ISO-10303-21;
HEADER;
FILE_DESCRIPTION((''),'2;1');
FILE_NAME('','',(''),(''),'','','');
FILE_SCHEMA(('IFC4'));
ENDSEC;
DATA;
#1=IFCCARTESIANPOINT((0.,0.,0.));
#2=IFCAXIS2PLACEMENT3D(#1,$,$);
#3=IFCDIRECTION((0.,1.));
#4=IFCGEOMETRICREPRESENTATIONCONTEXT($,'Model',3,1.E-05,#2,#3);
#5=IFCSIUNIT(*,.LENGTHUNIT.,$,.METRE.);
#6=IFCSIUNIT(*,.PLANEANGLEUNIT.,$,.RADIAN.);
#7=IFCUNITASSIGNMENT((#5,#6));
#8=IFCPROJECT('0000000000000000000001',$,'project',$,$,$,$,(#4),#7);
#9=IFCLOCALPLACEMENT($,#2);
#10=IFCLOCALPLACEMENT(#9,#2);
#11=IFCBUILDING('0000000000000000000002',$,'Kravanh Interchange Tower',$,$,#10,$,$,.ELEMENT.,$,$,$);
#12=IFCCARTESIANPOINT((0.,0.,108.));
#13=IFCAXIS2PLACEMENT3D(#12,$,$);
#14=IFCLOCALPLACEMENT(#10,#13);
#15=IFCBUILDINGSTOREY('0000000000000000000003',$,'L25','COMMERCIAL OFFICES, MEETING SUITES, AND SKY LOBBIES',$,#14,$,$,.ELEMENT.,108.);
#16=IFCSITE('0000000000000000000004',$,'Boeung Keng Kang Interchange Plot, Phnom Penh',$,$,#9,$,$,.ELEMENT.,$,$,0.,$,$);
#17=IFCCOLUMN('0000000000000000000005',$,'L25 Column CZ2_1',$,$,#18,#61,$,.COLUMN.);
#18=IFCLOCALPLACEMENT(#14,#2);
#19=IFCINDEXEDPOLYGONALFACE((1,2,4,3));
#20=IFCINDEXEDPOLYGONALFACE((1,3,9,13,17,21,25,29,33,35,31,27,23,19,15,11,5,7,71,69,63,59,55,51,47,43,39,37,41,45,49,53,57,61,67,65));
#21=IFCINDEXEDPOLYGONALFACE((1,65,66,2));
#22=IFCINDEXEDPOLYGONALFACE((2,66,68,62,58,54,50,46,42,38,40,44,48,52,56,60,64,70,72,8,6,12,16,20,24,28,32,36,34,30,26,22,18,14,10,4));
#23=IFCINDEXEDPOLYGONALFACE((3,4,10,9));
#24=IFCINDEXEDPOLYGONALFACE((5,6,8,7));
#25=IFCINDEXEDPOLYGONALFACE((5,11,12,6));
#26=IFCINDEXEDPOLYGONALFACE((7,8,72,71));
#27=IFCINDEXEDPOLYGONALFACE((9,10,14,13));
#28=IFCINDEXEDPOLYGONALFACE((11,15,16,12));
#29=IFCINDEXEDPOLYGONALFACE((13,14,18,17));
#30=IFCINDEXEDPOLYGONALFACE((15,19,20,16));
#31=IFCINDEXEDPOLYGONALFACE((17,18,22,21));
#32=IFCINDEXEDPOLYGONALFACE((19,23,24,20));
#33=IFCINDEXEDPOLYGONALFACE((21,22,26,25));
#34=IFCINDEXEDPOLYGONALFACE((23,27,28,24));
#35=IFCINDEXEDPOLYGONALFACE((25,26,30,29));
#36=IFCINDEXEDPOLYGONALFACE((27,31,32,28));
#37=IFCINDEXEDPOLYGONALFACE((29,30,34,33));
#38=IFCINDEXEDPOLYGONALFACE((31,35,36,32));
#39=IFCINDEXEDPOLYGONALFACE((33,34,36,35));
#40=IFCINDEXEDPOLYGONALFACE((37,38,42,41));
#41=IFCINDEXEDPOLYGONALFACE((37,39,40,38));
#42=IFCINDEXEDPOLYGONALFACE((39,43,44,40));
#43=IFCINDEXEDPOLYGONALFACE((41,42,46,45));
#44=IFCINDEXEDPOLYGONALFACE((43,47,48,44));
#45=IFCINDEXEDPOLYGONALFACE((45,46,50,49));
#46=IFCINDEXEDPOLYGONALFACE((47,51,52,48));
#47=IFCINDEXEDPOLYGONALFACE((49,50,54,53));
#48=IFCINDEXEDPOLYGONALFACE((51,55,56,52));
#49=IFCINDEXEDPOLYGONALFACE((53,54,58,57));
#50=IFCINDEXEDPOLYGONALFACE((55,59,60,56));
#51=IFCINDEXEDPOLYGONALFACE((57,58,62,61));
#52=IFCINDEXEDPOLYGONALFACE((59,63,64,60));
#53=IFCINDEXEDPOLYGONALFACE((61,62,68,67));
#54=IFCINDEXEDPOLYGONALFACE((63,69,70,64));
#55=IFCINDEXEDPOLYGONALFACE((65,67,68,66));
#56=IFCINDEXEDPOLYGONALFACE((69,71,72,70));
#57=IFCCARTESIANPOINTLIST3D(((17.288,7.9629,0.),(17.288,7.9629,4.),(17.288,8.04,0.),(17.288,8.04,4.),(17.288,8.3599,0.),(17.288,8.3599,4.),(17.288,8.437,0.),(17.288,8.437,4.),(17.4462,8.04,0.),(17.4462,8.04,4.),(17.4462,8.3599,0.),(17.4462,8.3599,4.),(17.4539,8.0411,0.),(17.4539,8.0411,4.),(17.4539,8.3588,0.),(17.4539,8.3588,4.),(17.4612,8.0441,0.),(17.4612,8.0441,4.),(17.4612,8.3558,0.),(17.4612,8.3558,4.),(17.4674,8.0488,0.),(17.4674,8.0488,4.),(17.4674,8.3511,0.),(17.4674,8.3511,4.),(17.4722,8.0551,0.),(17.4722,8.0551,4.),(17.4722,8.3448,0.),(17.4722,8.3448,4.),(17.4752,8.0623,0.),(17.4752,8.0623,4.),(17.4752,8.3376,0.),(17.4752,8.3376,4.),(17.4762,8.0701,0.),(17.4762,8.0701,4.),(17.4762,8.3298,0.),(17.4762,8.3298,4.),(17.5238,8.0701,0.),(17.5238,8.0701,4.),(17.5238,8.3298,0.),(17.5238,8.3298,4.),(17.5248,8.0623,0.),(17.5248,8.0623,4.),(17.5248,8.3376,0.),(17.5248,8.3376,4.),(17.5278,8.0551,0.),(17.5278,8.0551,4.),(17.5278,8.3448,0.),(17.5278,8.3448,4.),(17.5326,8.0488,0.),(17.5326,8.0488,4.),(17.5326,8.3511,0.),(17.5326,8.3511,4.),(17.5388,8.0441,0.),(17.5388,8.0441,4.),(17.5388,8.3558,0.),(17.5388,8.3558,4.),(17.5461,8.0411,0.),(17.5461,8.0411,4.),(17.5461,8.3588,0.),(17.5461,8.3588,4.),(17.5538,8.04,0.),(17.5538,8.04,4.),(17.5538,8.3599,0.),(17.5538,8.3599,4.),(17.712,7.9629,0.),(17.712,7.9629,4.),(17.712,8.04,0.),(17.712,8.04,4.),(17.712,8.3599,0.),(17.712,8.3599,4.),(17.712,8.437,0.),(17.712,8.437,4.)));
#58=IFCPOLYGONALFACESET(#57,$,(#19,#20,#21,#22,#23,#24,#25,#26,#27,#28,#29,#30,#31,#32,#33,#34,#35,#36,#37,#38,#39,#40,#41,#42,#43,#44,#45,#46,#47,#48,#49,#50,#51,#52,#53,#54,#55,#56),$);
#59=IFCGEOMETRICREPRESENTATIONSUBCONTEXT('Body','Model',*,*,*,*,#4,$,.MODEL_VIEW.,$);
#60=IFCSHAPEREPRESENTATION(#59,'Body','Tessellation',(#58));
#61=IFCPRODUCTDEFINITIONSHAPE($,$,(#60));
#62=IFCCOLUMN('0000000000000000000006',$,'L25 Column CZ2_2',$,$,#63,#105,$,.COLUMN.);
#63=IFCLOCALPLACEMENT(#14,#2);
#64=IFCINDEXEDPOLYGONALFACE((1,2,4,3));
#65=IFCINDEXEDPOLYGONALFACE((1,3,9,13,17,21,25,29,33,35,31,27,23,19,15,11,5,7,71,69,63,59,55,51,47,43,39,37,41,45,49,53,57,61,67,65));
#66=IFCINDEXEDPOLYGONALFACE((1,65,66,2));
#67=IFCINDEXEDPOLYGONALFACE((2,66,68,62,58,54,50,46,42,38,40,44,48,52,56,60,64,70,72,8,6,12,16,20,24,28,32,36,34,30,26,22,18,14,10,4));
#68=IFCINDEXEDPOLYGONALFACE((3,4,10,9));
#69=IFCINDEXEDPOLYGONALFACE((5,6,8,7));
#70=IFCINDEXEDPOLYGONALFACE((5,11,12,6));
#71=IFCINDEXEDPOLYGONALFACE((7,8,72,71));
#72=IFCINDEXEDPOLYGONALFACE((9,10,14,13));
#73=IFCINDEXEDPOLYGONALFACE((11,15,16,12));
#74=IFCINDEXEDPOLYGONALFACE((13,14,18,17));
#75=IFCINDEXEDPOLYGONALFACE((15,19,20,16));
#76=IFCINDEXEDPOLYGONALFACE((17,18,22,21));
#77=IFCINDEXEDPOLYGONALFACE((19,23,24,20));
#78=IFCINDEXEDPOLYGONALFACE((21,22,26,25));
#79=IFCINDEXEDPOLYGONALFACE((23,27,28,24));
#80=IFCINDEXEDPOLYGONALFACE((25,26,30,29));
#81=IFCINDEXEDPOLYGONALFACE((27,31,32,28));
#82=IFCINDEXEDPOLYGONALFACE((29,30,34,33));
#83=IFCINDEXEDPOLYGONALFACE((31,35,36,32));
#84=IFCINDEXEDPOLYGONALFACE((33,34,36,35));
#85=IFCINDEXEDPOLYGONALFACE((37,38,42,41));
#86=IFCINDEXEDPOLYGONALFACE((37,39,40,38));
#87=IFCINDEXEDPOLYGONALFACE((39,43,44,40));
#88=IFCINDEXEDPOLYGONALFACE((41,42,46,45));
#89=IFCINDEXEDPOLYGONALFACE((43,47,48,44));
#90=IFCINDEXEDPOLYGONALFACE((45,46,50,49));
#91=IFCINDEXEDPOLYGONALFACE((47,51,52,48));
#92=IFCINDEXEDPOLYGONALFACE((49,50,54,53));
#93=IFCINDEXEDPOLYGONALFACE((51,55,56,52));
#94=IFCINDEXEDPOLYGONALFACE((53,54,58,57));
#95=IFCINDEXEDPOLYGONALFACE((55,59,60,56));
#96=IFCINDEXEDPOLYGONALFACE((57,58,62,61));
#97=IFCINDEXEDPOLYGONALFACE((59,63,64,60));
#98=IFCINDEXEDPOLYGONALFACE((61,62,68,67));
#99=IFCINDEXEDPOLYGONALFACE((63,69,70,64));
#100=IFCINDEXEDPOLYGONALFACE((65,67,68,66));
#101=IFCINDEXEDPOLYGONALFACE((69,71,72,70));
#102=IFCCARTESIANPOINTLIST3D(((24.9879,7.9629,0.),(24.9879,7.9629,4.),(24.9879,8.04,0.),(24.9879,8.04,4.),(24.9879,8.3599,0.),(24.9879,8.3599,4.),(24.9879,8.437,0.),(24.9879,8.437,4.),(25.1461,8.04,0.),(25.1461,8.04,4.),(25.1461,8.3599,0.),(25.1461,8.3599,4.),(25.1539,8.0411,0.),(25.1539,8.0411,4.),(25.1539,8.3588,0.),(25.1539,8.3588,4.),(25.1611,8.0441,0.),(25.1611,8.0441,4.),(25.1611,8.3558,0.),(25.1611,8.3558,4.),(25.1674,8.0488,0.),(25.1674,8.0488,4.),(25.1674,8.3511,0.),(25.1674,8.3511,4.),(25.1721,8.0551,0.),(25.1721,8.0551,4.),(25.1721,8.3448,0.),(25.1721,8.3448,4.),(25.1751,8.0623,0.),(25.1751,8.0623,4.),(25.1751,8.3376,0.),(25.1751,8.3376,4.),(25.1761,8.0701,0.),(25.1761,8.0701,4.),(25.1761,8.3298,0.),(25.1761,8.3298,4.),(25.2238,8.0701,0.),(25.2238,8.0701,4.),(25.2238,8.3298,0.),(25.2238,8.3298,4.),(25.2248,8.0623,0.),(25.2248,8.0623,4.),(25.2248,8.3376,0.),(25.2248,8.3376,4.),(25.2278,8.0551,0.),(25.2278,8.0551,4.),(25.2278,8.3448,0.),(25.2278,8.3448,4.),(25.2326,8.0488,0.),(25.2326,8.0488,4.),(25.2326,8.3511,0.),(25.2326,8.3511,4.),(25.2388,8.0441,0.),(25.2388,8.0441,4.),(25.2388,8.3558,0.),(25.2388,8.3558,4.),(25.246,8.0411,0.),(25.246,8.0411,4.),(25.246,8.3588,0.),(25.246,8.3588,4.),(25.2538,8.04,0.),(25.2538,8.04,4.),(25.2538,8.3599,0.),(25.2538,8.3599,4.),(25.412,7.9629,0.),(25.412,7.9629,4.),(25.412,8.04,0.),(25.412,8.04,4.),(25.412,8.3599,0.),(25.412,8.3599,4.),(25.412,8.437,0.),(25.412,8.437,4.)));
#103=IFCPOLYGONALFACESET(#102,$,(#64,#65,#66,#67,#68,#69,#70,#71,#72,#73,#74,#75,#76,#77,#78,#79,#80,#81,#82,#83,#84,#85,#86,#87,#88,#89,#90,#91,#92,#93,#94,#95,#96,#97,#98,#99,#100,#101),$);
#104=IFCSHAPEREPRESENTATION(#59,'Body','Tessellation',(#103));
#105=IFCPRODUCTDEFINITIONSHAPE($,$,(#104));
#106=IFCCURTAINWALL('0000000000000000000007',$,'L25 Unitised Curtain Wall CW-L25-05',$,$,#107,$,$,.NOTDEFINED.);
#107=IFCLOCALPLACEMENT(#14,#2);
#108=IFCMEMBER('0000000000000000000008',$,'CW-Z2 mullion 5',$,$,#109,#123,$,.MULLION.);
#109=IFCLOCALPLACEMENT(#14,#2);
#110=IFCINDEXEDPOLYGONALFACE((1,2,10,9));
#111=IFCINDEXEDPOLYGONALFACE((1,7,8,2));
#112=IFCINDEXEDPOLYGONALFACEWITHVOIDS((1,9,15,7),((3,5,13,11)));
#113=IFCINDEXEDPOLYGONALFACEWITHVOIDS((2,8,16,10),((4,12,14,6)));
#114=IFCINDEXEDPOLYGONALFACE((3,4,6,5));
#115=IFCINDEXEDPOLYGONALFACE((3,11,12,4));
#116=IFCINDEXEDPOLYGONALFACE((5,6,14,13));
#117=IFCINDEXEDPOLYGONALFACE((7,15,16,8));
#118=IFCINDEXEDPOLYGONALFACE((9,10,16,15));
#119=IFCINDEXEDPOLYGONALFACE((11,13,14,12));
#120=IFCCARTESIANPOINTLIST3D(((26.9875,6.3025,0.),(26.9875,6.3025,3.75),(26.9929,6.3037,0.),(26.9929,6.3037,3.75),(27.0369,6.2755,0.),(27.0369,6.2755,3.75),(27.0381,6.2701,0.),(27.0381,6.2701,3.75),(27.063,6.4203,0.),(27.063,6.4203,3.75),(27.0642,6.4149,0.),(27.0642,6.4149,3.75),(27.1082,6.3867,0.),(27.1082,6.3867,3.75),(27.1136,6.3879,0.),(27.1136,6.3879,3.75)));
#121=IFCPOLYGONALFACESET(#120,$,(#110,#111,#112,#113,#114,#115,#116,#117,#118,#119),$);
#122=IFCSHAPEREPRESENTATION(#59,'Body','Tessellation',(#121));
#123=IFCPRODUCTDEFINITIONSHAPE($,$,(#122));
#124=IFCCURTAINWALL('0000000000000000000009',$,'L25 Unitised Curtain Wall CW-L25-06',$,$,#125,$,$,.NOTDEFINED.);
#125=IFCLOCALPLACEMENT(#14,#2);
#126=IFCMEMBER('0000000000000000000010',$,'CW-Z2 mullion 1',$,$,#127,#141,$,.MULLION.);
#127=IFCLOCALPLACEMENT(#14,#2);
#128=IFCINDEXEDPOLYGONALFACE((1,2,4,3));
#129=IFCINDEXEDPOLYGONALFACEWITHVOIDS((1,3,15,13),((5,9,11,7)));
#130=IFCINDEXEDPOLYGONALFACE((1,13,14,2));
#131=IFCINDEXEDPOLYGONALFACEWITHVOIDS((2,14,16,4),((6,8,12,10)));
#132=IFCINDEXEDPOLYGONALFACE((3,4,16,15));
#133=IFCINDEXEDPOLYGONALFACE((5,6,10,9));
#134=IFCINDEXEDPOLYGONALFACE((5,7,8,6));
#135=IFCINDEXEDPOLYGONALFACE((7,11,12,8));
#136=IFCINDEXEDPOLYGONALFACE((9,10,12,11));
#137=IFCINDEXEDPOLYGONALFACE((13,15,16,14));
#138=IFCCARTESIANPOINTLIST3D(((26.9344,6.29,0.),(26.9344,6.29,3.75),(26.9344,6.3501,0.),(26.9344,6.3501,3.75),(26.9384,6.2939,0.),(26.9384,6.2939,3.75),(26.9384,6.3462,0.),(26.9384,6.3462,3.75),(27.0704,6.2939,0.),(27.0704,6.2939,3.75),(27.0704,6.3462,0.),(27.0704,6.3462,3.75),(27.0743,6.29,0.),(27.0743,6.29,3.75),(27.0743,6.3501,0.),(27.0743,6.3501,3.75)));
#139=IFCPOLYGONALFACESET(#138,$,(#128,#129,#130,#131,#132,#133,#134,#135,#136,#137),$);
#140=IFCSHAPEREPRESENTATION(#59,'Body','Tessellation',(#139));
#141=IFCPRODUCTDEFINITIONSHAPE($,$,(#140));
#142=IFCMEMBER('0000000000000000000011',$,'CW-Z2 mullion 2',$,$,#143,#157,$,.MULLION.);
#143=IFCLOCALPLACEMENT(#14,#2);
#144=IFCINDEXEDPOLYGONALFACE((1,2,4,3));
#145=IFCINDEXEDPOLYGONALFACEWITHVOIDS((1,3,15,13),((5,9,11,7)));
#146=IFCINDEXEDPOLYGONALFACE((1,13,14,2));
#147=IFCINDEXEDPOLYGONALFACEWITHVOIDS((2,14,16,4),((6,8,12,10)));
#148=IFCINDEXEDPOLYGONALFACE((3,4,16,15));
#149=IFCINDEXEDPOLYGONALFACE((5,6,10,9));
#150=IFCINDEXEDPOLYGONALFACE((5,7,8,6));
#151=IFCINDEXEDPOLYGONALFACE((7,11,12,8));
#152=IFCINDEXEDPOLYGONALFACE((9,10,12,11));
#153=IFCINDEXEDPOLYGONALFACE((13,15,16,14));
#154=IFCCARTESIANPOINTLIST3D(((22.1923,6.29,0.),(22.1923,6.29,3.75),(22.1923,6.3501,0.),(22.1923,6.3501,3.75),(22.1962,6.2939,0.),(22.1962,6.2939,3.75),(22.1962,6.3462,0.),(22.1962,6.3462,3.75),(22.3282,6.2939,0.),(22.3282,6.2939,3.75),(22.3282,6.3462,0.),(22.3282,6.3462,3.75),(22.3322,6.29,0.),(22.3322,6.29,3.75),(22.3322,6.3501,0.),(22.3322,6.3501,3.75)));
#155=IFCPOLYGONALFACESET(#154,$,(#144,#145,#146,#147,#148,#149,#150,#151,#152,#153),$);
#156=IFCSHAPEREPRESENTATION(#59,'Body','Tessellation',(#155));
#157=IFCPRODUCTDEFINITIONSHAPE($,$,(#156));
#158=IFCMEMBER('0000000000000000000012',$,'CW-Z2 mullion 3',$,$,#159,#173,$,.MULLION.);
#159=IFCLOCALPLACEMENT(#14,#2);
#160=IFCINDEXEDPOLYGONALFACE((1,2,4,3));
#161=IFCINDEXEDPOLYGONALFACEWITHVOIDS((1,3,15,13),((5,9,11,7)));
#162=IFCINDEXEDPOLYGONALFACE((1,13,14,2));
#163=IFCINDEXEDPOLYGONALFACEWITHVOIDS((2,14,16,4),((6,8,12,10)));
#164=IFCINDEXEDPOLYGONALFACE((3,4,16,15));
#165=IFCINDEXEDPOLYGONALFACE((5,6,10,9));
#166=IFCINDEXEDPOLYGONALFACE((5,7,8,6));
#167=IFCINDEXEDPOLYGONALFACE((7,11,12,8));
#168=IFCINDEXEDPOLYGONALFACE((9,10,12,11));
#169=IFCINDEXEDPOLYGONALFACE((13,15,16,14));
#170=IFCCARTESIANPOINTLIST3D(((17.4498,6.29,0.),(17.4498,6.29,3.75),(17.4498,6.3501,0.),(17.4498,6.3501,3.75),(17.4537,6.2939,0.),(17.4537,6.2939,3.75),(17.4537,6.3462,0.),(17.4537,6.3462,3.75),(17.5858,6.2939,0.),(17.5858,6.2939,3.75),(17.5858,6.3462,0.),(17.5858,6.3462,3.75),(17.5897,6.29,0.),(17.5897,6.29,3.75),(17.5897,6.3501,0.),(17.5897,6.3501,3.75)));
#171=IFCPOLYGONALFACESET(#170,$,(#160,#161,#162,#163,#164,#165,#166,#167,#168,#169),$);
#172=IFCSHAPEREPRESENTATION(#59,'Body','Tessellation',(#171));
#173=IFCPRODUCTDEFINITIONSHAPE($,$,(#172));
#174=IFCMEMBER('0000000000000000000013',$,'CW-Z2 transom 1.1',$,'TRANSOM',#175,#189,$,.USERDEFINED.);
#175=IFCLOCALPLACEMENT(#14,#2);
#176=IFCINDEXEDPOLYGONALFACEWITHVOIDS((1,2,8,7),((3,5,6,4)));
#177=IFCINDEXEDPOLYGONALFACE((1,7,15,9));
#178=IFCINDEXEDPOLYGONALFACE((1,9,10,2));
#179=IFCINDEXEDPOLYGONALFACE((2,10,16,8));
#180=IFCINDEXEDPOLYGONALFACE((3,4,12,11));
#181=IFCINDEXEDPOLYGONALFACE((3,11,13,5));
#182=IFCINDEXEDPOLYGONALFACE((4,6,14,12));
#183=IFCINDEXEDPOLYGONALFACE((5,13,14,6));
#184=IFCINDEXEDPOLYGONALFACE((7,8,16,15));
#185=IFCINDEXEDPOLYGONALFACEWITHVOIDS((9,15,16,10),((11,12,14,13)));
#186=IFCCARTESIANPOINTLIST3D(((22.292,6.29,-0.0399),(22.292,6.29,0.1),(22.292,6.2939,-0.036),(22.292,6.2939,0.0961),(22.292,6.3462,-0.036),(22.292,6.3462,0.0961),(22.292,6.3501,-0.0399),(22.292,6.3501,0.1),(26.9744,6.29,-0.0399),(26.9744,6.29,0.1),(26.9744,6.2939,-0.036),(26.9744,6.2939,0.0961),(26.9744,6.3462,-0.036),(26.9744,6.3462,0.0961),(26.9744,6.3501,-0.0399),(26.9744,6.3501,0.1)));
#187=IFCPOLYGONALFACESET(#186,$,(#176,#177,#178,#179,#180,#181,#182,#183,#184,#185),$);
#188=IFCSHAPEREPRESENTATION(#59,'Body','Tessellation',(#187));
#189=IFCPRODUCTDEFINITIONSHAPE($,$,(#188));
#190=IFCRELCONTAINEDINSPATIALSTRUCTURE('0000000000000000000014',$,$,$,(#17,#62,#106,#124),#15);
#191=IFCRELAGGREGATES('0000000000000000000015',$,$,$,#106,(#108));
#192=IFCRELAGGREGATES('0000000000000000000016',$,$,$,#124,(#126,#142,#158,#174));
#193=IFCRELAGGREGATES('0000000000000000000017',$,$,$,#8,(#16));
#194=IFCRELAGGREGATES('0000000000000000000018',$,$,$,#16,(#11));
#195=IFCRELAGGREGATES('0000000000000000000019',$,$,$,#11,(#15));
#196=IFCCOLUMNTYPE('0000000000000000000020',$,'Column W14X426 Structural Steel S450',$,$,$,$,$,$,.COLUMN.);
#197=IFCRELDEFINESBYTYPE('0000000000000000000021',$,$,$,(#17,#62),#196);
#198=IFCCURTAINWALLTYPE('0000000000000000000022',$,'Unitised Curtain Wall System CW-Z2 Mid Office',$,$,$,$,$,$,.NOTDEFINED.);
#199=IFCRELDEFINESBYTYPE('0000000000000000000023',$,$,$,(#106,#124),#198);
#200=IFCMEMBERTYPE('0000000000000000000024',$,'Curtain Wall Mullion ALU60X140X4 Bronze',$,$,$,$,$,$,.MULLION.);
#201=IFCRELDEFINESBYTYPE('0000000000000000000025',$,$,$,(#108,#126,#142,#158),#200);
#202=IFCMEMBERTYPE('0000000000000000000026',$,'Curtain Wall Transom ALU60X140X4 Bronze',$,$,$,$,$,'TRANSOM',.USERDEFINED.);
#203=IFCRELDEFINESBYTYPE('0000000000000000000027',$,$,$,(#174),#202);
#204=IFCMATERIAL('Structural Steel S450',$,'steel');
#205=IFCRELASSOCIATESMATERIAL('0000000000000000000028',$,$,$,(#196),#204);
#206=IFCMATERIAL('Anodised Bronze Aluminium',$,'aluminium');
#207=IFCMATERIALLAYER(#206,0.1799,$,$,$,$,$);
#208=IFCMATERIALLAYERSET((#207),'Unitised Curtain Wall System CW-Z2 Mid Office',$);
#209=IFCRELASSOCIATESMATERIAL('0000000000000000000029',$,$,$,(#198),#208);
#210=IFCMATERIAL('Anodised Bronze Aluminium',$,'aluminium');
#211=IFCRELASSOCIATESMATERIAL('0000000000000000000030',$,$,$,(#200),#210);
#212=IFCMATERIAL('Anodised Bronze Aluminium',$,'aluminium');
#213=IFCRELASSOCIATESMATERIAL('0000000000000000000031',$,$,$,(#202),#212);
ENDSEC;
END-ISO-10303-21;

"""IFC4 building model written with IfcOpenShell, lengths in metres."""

from ifc_helpers import new_model, si_unit, direction, frame, origin, origin_2d, place, context, subcontext, project, spatial, hollow_rectangle, i_section, extrude, material, layer, layer_set, material_profile, profile_set, type_object, element, aggregate, save


model = new_model("IFC4")

# Units and contexts
model_context = context("Model", 3, precision=1e-05, world=origin(), true_north=direction((0.0, 1.0)))
body_context = subcontext(model_context, "Body", "Model", "MODEL_VIEW")
ifc_project = project(units=[si_unit("LENGTHUNIT", "METRE"), si_unit("PLANEANGLEUNIT", "RADIAN")], contexts=[model_context])

# Site, building, storey
site_placement = place(None, origin())
site = spatial("IfcSite", under=ifc_project, at=site_placement, Name="Boeung Keng Kang Interchange Plot, Phnom Penh", CompositionType="ELEMENT", RefElevation=0.0)
building_placement = place(site_placement, origin())
building = spatial("IfcBuilding", under=site, at=building_placement, Name="Kravanh Interchange Tower", CompositionType="ELEMENT")
storey_placement = place(building_placement, frame((0.0, 0.0, 108.0)))
storey = spatial("IfcBuildingStorey", under=building, at=storey_placement, Name="L25", Description="COMMERCIAL OFFICES, MEETING SUITES, AND SKY LOBBIES", CompositionType="ELEMENT", Elevation=108.0)

# Columns
ifc_material_1 = material(Name="Structural Steel S450", Category="steel")
ifc_material_profile_1 = material_profile(ifc_material_1, i_section(OverallWidth=0.4241, OverallDepth=0.4741, WebThickness=0.0476, FlangeThickness=0.0771, FilletRadius=0.03, at=origin_2d()), Name="W14X426")
ifc_profile_set_1 = profile_set([ifc_material_profile_1], Name="Structural Steel S450")
column_type = type_object("IfcColumnType", Name="Column W14X426 Structural Steel S450", PredefinedType="COLUMN", material=ifc_profile_set_1)
for number, where, z_axis, x_axis, name in (
    (1, (17.5, 8.2, 0.0), (0.0, 0.0, 1.0), (1.0, 0.0, 0.0), "L25 Column CZ2_1"),
    (2, (25.2, 8.2, 0.0), (0.0, 0.0, 1.0), (1.0, 0.0, 0.0), "L25 Column CZ2_2"),
):
    element("IfcColumn", number, at=place(storey_placement, frame(where, z_axis=z_axis, x_axis=x_axis)), inside=storey, type_object=column_type, Name=name, PredefinedType="COLUMN", context=body_context, shape_type="SweptSolid", body=[
        extrude(i_section(OverallWidth=0.4241, OverallDepth=0.4741, WebThickness=0.0476, FlangeThickness=0.0771, FilletRadius=0.03, at=origin_2d()), origin(), (0.0, 0.0, 1.0), 4.0),
    ])

# Curtain wall, member
ifc_material_2 = material(Name="Anodised Bronze Aluminium", Category="aluminium")
ifc_layer_1 = layer(ifc_material_2, 0.1799)
ifc_layer_set_1 = layer_set([ifc_layer_1], Name="Unitised Curtain Wall System CW-Z2 Mid Office")
curtain_wall_type = type_object("IfcCurtainWallType", Name="Unitised Curtain Wall System CW-Z2 Mid Office", PredefinedType="NOTDEFINED", material=ifc_layer_set_1)
curtain_wall_1_placement = place(storey_placement, origin())
curtain_wall_1 = element("IfcCurtainWall", 3, at=curtain_wall_1_placement, inside=storey, type_object=curtain_wall_type, Name="L25 Unitised Curtain Wall CW-L25-05", PredefinedType="NOTDEFINED")
ifc_material_3 = material(Name="Anodised Bronze Aluminium", Category="aluminium")
ifc_material_profile_2 = material_profile(ifc_material_3, hollow_rectangle(XDim=0.0601, YDim=0.1399, WallThickness=0.0039, at=origin_2d()), Name="ALU60X140X4")
ifc_profile_set_2 = profile_set([ifc_material_profile_2], Name="Anodised Bronze Aluminium")
member_type_1 = type_object("IfcMemberType", Name="Curtain Wall Mullion ALU60X140X4 Bronze", PredefinedType="MULLION", material=ifc_profile_set_2)
member_1_placement = place(storey_placement, frame((27.0505, 6.3452, 0.0), z_axis=(0.0, 0.0, 1.0), x_axis=(0.84188, -0.539665, 0.0)))
member_1 = element("IfcMember", 4, at=member_1_placement, type_object=member_type_1, Name="CW-Z2 mullion 5", PredefinedType="MULLION", context=body_context, shape_type="SweptSolid", body=[
    extrude(hollow_rectangle(XDim=0.0601, YDim=0.1399, WallThickness=0.0039, at=origin_2d()), origin(), (0.0, 0.0, 1.0), 3.75),
])

# Curtain wall, members
curtain_wall_2_placement = place(storey_placement, origin())
curtain_wall_2 = element("IfcCurtainWall", 5, at=curtain_wall_2_placement, inside=storey, type_object=curtain_wall_type, Name="L25 Unitised Curtain Wall CW-L25-06", PredefinedType="NOTDEFINED")
member_2_placement = place(storey_placement, frame((27.0044, 6.3201, 0.0), z_axis=(0.0, 0.0, 1.0), x_axis=(0.0, -1.0, 0.0)))
member_2 = element("IfcMember", 6, at=member_2_placement, type_object=member_type_1, Name="CW-Z2 mullion 1", PredefinedType="MULLION", context=body_context, shape_type="SweptSolid", body=[
    extrude(hollow_rectangle(XDim=0.0601, YDim=0.1399, WallThickness=0.0039, at=origin_2d()), origin(), (0.0, 0.0, 1.0), 3.75),
])
member_3_placement = place(storey_placement, frame((22.2622, 6.3201, 0.0), z_axis=(0.0, 0.0, 1.0), x_axis=(0.0, -1.0, 0.0)))
member_3 = element("IfcMember", 7, at=member_3_placement, type_object=member_type_1, Name="CW-Z2 mullion 2", PredefinedType="MULLION", context=body_context, shape_type="SweptSolid", body=[
    extrude(hollow_rectangle(XDim=0.0601, YDim=0.1399, WallThickness=0.0039, at=origin_2d()), origin(), (0.0, 0.0, 1.0), 3.75),
])
member_4_placement = place(storey_placement, frame((17.5198, 6.3201, 0.0), z_axis=(0.0, 0.0, 1.0), x_axis=(0.0, -1.0, 0.0)))
member_4 = element("IfcMember", 8, at=member_4_placement, type_object=member_type_1, Name="CW-Z2 mullion 3", PredefinedType="MULLION", context=body_context, shape_type="SweptSolid", body=[
    extrude(hollow_rectangle(XDim=0.0601, YDim=0.1399, WallThickness=0.0039, at=origin_2d()), origin(), (0.0, 0.0, 1.0), 3.75),
])
ifc_material_4 = material(Name="Anodised Bronze Aluminium", Category="aluminium")
ifc_material_profile_3 = material_profile(ifc_material_4, hollow_rectangle(XDim=0.0601, YDim=0.1399, WallThickness=0.0039, at=origin_2d()), Name="ALU60X140X4")
ifc_profile_set_3 = profile_set([ifc_material_profile_3], Name="Anodised Bronze Aluminium")
member_type_2 = type_object("IfcMemberType", Name="Curtain Wall Transom ALU60X140X4 Bronze", ElementType="TRANSOM", PredefinedType="USERDEFINED", material=ifc_profile_set_3)
member_5_placement = place(storey_placement, frame((26.9744, 6.3201, 0.03), z_axis=(-1.0, 0.0, 0.0), x_axis=(0.0, -1.0, 0.0)))
member_5 = element("IfcMember", 9, at=member_5_placement, type_object=member_type_2, Name="CW-Z2 transom 1.1", ObjectType="TRANSOM", PredefinedType="USERDEFINED", context=body_context, shape_type="SweptSolid", body=[
    extrude(hollow_rectangle(XDim=0.0601, YDim=0.1399, WallThickness=0.0039, at=origin_2d()), origin(), (0.0, 0.0, 1.0), 4.6824),
])

aggregate(curtain_wall_1, [member_1])
aggregate(curtain_wall_2, [member_2, member_3, member_4, member_5])

save(model, "model.ifc")
